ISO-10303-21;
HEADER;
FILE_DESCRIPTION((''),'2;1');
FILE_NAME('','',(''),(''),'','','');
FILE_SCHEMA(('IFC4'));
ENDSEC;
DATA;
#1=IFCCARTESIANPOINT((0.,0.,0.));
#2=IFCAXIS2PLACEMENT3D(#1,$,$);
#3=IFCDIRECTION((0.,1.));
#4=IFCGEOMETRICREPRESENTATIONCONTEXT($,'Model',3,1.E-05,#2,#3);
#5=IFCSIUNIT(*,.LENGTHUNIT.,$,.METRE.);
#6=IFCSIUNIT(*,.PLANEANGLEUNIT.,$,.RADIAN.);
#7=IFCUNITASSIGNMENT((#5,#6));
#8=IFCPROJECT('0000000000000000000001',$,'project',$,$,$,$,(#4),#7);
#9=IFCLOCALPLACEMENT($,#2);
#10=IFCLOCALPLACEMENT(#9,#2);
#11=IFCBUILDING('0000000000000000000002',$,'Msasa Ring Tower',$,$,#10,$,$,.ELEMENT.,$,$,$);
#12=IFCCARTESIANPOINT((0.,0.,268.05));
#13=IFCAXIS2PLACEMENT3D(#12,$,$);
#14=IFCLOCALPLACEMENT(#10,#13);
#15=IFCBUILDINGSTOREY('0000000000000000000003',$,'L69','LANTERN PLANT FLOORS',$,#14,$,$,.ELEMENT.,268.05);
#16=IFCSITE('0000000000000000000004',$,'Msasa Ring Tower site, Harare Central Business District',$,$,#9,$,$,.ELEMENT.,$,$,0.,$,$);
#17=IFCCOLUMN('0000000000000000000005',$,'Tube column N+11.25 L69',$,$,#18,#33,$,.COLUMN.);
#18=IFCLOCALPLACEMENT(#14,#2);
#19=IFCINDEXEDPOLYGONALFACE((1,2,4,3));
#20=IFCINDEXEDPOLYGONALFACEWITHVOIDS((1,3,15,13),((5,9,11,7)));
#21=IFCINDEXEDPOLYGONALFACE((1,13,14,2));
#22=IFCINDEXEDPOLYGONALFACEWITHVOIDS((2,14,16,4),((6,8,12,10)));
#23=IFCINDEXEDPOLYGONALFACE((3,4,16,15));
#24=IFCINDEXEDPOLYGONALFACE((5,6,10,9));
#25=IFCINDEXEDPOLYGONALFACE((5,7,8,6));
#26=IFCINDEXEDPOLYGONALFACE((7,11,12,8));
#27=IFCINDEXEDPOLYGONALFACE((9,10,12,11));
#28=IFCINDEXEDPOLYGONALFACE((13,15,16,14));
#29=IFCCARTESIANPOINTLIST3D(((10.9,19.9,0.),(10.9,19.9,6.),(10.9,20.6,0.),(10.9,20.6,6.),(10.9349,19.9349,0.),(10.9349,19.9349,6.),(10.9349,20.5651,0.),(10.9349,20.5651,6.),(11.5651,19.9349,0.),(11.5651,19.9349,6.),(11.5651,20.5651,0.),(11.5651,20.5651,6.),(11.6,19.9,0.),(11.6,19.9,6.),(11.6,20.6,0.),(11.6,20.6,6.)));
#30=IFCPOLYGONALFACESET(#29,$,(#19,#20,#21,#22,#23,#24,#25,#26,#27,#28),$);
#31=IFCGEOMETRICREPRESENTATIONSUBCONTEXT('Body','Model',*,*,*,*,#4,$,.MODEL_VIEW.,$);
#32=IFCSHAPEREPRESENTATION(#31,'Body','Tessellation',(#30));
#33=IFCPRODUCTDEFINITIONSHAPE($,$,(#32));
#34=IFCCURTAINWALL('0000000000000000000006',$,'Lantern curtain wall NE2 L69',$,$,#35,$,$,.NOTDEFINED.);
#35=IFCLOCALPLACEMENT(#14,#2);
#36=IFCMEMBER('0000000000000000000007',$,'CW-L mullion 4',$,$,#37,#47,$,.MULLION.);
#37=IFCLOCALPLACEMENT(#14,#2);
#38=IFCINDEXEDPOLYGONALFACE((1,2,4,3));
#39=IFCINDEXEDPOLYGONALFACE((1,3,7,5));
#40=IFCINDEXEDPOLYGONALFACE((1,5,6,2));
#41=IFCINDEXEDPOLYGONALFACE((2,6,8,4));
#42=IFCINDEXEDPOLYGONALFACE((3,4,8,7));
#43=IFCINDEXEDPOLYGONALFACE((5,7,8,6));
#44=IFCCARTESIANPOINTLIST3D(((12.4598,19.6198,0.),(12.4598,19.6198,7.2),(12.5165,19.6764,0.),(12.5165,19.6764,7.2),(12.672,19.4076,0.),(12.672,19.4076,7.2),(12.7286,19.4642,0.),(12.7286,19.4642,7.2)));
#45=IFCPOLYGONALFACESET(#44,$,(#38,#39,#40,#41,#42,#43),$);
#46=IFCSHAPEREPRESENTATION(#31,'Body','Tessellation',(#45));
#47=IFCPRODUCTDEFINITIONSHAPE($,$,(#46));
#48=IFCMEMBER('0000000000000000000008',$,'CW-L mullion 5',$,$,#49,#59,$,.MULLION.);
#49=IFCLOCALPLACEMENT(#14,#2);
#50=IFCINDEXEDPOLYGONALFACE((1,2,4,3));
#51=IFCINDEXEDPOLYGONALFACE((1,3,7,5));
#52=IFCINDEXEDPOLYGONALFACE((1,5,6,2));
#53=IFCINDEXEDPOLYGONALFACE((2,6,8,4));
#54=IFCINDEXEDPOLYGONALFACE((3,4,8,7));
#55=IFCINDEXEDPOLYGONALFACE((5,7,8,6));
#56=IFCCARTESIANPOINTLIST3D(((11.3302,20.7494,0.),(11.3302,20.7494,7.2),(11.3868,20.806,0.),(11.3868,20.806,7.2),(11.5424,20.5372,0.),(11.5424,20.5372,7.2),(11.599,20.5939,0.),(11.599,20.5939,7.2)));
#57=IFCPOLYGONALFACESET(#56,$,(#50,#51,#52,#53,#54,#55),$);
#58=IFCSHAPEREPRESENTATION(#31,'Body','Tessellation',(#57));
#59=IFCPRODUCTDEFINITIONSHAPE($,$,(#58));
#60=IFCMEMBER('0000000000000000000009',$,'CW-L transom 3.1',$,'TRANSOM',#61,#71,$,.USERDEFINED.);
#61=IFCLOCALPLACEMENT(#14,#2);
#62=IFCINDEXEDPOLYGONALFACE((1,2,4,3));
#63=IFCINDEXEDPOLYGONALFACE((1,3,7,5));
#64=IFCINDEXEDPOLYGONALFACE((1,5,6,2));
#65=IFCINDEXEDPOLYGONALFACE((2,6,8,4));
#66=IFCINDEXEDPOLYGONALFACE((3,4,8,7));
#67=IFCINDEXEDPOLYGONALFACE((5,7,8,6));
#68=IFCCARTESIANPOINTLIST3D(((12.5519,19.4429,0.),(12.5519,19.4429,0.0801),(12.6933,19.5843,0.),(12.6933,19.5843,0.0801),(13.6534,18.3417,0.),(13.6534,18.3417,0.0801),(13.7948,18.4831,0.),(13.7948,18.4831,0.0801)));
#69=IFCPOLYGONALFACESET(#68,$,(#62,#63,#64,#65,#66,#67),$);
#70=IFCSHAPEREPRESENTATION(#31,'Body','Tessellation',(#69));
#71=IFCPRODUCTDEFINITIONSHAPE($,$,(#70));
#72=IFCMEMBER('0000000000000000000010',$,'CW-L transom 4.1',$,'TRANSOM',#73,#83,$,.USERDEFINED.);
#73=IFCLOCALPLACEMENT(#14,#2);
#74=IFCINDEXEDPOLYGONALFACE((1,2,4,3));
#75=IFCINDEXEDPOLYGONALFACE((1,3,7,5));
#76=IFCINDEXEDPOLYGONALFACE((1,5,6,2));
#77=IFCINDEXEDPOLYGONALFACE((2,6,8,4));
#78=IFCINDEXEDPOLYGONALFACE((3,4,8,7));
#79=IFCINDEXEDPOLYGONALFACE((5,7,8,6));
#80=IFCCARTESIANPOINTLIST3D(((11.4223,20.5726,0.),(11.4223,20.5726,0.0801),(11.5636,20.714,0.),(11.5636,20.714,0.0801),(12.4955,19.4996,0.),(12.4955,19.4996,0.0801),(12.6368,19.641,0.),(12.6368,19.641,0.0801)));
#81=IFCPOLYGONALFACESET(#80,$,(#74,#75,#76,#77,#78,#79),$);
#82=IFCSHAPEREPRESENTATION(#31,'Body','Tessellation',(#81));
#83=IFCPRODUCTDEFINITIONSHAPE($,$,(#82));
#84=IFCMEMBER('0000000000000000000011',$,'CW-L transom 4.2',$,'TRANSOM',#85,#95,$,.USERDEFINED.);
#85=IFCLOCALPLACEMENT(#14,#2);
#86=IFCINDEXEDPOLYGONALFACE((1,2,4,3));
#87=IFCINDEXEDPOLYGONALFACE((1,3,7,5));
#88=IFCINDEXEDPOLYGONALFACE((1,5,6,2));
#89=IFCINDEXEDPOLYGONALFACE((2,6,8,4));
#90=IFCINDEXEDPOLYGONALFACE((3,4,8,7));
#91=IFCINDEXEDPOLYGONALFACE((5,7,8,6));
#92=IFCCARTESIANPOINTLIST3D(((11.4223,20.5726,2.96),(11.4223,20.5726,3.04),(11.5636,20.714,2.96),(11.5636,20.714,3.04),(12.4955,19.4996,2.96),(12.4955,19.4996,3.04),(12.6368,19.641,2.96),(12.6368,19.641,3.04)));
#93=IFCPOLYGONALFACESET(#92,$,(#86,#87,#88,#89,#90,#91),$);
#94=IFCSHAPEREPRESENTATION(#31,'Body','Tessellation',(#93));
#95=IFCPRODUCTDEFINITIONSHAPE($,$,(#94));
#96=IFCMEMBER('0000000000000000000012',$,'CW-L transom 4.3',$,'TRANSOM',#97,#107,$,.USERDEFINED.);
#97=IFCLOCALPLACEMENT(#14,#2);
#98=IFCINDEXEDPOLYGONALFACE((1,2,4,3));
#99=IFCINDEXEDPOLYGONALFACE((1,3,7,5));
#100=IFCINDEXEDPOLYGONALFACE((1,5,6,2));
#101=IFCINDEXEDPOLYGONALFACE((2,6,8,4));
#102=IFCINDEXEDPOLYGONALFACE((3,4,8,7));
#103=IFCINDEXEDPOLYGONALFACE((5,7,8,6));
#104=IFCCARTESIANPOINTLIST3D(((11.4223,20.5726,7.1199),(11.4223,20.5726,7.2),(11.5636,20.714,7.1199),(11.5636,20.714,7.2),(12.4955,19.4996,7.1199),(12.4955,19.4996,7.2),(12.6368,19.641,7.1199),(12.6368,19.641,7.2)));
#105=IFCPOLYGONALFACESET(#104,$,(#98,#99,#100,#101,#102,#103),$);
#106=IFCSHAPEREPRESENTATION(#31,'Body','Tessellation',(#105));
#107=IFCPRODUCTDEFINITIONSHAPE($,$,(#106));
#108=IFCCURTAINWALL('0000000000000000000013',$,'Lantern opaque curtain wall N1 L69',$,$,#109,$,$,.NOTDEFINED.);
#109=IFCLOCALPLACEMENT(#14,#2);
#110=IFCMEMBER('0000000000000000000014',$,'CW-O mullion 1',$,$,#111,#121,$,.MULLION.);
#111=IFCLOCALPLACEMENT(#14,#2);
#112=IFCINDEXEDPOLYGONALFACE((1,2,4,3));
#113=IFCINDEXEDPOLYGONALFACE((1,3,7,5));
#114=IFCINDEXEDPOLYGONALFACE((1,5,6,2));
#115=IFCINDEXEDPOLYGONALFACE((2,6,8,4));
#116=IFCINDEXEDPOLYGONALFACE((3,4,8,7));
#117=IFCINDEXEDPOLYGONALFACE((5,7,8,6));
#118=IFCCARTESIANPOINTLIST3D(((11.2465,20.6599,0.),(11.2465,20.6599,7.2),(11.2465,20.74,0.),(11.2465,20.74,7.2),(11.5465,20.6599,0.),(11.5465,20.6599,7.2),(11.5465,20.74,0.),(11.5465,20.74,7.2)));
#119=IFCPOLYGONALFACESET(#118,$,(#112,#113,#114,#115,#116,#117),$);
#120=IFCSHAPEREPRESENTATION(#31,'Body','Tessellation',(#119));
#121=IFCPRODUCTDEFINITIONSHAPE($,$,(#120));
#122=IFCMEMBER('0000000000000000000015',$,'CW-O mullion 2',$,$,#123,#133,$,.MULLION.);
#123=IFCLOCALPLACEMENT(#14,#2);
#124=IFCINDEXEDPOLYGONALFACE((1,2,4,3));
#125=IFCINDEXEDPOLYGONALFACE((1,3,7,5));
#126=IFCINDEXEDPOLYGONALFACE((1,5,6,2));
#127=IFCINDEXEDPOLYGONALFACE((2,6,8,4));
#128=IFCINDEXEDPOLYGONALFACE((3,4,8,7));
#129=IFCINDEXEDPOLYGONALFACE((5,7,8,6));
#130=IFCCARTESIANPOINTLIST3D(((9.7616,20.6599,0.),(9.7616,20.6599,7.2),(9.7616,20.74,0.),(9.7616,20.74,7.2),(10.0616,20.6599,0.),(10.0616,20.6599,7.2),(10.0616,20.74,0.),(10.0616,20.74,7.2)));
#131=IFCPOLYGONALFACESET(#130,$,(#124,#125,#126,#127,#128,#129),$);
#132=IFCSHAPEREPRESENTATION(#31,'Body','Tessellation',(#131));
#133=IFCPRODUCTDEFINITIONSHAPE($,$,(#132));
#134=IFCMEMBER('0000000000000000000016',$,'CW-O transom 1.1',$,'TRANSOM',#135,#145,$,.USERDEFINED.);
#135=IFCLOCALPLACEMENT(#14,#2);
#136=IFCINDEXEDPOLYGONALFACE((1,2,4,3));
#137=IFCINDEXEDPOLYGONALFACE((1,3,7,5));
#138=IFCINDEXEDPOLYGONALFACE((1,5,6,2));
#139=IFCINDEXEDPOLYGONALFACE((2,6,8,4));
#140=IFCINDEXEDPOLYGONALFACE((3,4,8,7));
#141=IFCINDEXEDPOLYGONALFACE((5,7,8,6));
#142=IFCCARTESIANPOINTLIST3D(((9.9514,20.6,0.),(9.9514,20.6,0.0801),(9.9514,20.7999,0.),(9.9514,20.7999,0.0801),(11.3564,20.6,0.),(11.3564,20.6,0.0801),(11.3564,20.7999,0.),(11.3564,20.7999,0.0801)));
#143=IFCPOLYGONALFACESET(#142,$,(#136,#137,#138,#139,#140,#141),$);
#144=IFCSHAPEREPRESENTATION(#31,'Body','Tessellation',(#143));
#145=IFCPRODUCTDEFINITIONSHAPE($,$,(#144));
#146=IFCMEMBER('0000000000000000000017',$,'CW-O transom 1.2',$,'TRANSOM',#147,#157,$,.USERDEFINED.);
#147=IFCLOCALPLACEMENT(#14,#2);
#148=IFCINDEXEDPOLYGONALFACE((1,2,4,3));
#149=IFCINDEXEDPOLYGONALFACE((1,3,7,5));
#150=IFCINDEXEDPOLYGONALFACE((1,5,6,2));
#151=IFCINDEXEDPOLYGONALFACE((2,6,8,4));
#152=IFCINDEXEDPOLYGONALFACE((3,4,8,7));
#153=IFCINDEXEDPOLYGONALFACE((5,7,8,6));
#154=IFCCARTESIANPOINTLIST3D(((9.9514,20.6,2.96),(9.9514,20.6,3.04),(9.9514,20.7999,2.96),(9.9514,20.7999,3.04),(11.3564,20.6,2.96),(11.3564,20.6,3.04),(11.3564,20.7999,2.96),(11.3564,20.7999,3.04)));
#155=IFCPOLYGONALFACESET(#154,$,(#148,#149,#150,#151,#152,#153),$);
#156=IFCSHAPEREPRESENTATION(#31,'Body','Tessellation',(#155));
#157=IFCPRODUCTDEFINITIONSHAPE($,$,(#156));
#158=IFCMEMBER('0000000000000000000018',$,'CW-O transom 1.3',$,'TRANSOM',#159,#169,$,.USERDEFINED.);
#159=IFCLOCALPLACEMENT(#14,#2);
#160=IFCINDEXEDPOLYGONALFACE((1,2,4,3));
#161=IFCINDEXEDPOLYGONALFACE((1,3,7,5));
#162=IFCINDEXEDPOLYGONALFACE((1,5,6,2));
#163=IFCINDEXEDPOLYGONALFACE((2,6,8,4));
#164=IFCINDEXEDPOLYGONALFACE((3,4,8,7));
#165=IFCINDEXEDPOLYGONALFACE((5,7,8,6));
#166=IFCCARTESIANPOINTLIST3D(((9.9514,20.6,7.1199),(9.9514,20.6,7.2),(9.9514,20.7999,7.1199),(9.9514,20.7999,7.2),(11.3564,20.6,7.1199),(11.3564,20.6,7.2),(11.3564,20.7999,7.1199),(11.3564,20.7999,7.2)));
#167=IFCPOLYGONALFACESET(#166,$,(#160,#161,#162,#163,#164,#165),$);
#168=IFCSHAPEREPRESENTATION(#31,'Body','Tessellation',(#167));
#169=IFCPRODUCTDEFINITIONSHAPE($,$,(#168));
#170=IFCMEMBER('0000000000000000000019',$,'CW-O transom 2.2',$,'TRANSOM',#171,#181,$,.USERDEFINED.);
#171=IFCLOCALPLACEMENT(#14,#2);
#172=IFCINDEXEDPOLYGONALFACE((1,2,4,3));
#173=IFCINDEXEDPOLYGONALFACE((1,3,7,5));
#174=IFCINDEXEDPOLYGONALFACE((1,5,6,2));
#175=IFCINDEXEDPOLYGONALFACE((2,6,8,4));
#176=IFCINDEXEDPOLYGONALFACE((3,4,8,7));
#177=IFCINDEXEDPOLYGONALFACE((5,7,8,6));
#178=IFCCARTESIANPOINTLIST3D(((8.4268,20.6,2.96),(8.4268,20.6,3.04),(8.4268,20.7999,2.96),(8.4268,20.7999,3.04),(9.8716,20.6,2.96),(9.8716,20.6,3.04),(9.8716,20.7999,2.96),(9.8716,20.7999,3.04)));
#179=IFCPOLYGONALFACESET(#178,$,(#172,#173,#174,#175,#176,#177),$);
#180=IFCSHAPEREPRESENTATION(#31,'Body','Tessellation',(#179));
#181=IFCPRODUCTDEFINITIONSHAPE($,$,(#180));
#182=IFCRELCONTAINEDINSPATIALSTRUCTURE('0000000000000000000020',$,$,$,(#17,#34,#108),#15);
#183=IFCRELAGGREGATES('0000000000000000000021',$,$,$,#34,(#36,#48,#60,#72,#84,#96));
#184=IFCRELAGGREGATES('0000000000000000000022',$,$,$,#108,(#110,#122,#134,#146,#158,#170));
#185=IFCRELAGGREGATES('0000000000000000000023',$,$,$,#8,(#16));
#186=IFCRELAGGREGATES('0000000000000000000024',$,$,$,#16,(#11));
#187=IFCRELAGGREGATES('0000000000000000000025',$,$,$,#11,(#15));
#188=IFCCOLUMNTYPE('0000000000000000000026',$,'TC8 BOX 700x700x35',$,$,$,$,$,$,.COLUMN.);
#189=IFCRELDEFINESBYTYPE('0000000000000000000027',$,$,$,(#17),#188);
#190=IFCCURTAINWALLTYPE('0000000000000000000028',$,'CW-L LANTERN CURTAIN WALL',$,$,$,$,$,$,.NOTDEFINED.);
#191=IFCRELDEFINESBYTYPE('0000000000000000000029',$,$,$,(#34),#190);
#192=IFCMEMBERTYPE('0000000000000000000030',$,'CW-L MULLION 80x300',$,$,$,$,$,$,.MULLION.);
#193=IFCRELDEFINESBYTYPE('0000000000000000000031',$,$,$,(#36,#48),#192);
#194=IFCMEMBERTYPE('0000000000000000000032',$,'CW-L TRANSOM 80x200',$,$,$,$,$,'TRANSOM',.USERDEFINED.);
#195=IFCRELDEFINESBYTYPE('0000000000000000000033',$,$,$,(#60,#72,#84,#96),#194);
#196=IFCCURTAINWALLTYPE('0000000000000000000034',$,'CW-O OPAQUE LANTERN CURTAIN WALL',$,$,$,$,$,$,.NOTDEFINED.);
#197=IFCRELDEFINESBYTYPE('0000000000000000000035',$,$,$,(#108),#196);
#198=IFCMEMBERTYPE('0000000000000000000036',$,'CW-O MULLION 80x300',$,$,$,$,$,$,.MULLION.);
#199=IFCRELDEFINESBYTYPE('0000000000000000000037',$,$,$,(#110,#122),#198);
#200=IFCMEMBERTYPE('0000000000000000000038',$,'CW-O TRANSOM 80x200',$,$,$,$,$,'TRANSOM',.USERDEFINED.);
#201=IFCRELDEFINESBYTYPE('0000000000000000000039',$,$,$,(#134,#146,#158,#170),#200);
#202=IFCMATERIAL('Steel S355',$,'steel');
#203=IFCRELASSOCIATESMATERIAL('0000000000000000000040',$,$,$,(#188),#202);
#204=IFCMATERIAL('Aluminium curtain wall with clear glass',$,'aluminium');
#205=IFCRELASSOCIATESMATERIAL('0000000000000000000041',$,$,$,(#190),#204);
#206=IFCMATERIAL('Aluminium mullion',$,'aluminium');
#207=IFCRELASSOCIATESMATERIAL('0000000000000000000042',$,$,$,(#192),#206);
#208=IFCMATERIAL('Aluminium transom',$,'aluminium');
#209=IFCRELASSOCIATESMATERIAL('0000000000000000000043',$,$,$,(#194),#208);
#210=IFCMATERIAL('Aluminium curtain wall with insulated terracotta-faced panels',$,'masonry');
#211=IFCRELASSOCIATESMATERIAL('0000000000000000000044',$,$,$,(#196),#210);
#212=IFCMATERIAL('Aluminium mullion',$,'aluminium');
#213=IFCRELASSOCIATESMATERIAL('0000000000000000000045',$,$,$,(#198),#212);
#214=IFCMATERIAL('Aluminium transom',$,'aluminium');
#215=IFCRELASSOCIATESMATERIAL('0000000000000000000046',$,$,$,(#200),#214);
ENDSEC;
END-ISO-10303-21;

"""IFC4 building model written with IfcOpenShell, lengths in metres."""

from ifc_helpers import new_model, si_unit, direction, frame, origin, origin_2d, place, context, subcontext, project, spatial, rectangle, hollow_rectangle, extrude, material, material_profile, profile_set, type_object, element, aggregate, save


model = new_model("IFC4")

# Units and contexts
model_context = context("Model", 3, precision=1e-05, world=origin(), true_north=direction((0.0, 1.0)))
body_context = subcontext(model_context, "Body", "Model", "MODEL_VIEW")
ifc_project = project(units=[si_unit("LENGTHUNIT", "METRE"), si_unit("PLANEANGLEUNIT", "RADIAN")], contexts=[model_context])

# Site, building, storey
site_placement = place(None, origin())
site = spatial("IfcSite", under=ifc_project, at=site_placement, Name="Msasa Ring Tower site, Harare Central Business District", CompositionType="ELEMENT", RefElevation=0.0)
building_placement = place(site_placement, origin())
building = spatial("IfcBuilding", under=site, at=building_placement, Name="Msasa Ring Tower", CompositionType="ELEMENT")
storey_placement = place(building_placement, frame((0.0, 0.0, 268.05)))
storey = spatial("IfcBuildingStorey", under=building, at=storey_placement, Name="L69", Description="LANTERN PLANT FLOORS", CompositionType="ELEMENT", Elevation=268.05)

# Column
ifc_material_1 = material(Name="Steel S355", Category="steel")
ifc_material_profile_1 = material_profile(ifc_material_1, hollow_rectangle(XDim=0.7, YDim=0.7, WallThickness=0.0349, at=origin_2d()), Name="BOX 700x700x35")
ifc_profile_set_1 = profile_set([ifc_material_profile_1], Name="Steel S355")
column_type = type_object("IfcColumnType", Name="TC8 BOX 700x700x35", PredefinedType="COLUMN", material=ifc_profile_set_1)
column_placement = place(storey_placement, frame((11.25, 20.25, 0.0), z_axis=(0.0, 0.0, 1.0), x_axis=(0.0, 1.0, 0.0)))
element("IfcColumn", 1, at=column_placement, inside=storey, type_object=column_type, Name="Tube column N+11.25 L69", PredefinedType="COLUMN", context=body_context, shape_type="SweptSolid", body=[
    extrude(hollow_rectangle(XDim=0.7, YDim=0.7, WallThickness=0.0349, at=origin_2d()), origin(), (0.0, 0.0, 1.0), 6.0),
])

# Curtain walls, members
ifc_material_2 = material(Name="Aluminium curtain wall with clear glass", Category="aluminium")
curtain_wall_type_1 = type_object("IfcCurtainWallType", Name="CW-L LANTERN CURTAIN WALL", PredefinedType="NOTDEFINED", material=ifc_material_2)
curtain_wall_1_placement = place(storey_placement, origin())
curtain_wall_1 = element("IfcCurtainWall", 2, at=curtain_wall_1_placement, inside=storey, type_object=curtain_wall_type_1, Name="Lantern curtain wall NE2 L69", PredefinedType="NOTDEFINED")
ifc_material_3 = material(Name="Aluminium mullion", Category="aluminium")
ifc_material_profile_2 = material_profile(ifc_material_3, rectangle(XDim=0.0801, YDim=0.3, at=origin_2d()), Name="AL 80x300")
ifc_profile_set_2 = profile_set([ifc_material_profile_2], Name="Aluminium mullion")
member_type_1 = type_object("IfcMemberType", Name="CW-L MULLION 80x300", PredefinedType="MULLION", material=ifc_profile_set_2)
member_1_placement = place(storey_placement, frame((12.5942, 19.542, 0.0), z_axis=(0.0, 0.0, 1.0), x_axis=(-0.707107, -0.707107, 0.0)))
member_1 = element("IfcMember", 3, at=member_1_placement, type_object=member_type_1, Name="CW-L mullion 4", PredefinedType="MULLION", context=body_context, shape_type="SweptSolid", body=[
    extrude(rectangle(XDim=0.0801, YDim=0.3, at=origin_2d()), origin(), (0.0, 0.0, 1.0), 7.2),
])
member_2_placement = place(storey_placement, frame((11.4646, 20.6716, 0.0), z_axis=(0.0, 0.0, 1.0), x_axis=(-0.707107, -0.707107, 0.0)))
member_2 = element("IfcMember", 4, at=member_2_placement, type_object=member_type_1, Name="CW-L mullion 5", PredefinedType="MULLION", context=body_context, shape_type="SweptSolid", body=[
    extrude(rectangle(XDim=0.0801, YDim=0.3, at=origin_2d()), origin(), (0.0, 0.0, 1.0), 7.2),
])
ifc_material_4 = material(Name="Aluminium transom", Category="aluminium")
ifc_material_profile_3 = material_profile(ifc_material_4, rectangle(XDim=0.2, YDim=0.0801, at=origin_2d()), Name="AL 80x200")
ifc_profile_set_3 = profile_set([ifc_material_profile_3], Name="Aluminium transom")
member_type_2 = type_object("IfcMemberType", Name="CW-L TRANSOM 80x200", ElementType="TRANSOM", PredefinedType="USERDEFINED", material=ifc_profile_set_3)
member_3_placement = place(storey_placement, frame((13.7241, 18.4124, 0.04), z_axis=(-0.707185, 0.707028, 0.0), x_axis=(-0.707028, -0.707185, 0.0)))
member_3 = element("IfcMember", 5, at=member_3_placement, type_object=member_type_2, Name="CW-L transom 3.1", ObjectType="TRANSOM", PredefinedType="USERDEFINED", context=body_context, shape_type="SweptSolid", body=[
    extrude(rectangle(XDim=0.2, YDim=0.0801, at=origin_2d()), origin(), (0.0, 0.0, 1.0), 1.5576),
])
member_4_placement = place(storey_placement, frame((12.5662, 19.5703, 0.04), z_axis=(-0.707187, 0.707026, 0.0), x_axis=(-0.707026, -0.707187, 0.0)))
member_4 = element("IfcMember", 6, at=member_4_placement, type_object=member_type_2, Name="CW-L transom 4.1", ObjectType="TRANSOM", PredefinedType="USERDEFINED", context=body_context, shape_type="SweptSolid", body=[
    extrude(rectangle(XDim=0.2, YDim=0.0801, at=origin_2d()), origin(), (0.0, 0.0, 1.0), 1.5176),
])
member_5_placement = place(storey_placement, frame((12.5662, 19.5703, 3.0), z_axis=(-0.707187, 0.707026, 0.0), x_axis=(-0.707026, -0.707187, 0.0)))
member_5 = element("IfcMember", 7, at=member_5_placement, type_object=member_type_2, Name="CW-L transom 4.2", ObjectType="TRANSOM", PredefinedType="USERDEFINED", context=body_context, shape_type="SweptSolid", body=[
    extrude(rectangle(XDim=0.2, YDim=0.0801, at=origin_2d()), origin(), (0.0, 0.0, 1.0), 1.5176),
])
member_6_placement = place(storey_placement, frame((12.5662, 19.5703, 7.1599), z_axis=(-0.707187, 0.707026, 0.0), x_axis=(-0.707026, -0.707187, 0.0)))
member_6 = element("IfcMember", 8, at=member_6_placement, type_object=member_type_2, Name="CW-L transom 4.3", ObjectType="TRANSOM", PredefinedType="USERDEFINED", context=body_context, shape_type="SweptSolid", body=[
    extrude(rectangle(XDim=0.2, YDim=0.0801, at=origin_2d()), origin(), (0.0, 0.0, 1.0), 1.5176),
])
ifc_material_5 = material(Name="Aluminium curtain wall with insulated terracotta-faced panels", Category="masonry")
curtain_wall_type_2 = type_object("IfcCurtainWallType", Name="CW-O OPAQUE LANTERN CURTAIN WALL", PredefinedType="NOTDEFINED", material=ifc_material_5)
curtain_wall_2_placement = place(storey_placement, origin())
curtain_wall_2 = element("IfcCurtainWall", 9, at=curtain_wall_2_placement, inside=storey, type_object=curtain_wall_type_2, Name="Lantern opaque curtain wall N1 L69", PredefinedType="NOTDEFINED")
ifc_material_6 = material(Name="Aluminium mullion", Category="aluminium")
ifc_material_profile_4 = material_profile(ifc_material_6, rectangle(XDim=0.0801, YDim=0.3, at=origin_2d()), Name="AL 80x300")
ifc_profile_set_4 = profile_set([ifc_material_profile_4], Name="Aluminium mullion")
member_type_3 = type_object("IfcMemberType", Name="CW-O MULLION 80x300", PredefinedType="MULLION", material=ifc_profile_set_4)
member_7_placement = place(storey_placement, frame((11.3965, 20.7, 0.0), z_axis=(0.0, 0.0, 1.0), x_axis=(0.0, -1.0, 0.0)))
member_7 = element("IfcMember", 10, at=member_7_placement, type_object=member_type_3, Name="CW-O mullion 1", PredefinedType="MULLION", context=body_context, shape_type="SweptSolid", body=[
    extrude(rectangle(XDim=0.0801, YDim=0.3, at=origin_2d()), origin(), (0.0, 0.0, 1.0), 7.2),
])
member_8_placement = place(storey_placement, frame((9.9116, 20.7, 0.0), z_axis=(0.0, 0.0, 1.0), x_axis=(0.0, -1.0, 0.0)))
member_8 = element("IfcMember", 11, at=member_8_placement, type_object=member_type_3, Name="CW-O mullion 2", PredefinedType="MULLION", context=body_context, shape_type="SweptSolid", body=[
    extrude(rectangle(XDim=0.0801, YDim=0.3, at=origin_2d()), origin(), (0.0, 0.0, 1.0), 7.2),
])
ifc_material_7 = material(Name="Aluminium transom", Category="aluminium")
ifc_material_profile_5 = material_profile(ifc_material_7, rectangle(XDim=0.2, YDim=0.0801, at=origin_2d()), Name="AL 80x200")
ifc_profile_set_5 = profile_set([ifc_material_profile_5], Name="Aluminium transom")
member_type_4 = type_object("IfcMemberType", Name="CW-O TRANSOM 80x200", ElementType="TRANSOM", PredefinedType="USERDEFINED", material=ifc_profile_set_5)
member_9_placement = place(storey_placement, frame((11.3564, 20.7, 0.04), z_axis=(-1.0, 0.0, 0.0), x_axis=(0.0, -1.0, 0.0)))
member_9 = element("IfcMember", 12, at=member_9_placement, type_object=member_type_4, Name="CW-O transom 1.1", ObjectType="TRANSOM", PredefinedType="USERDEFINED", context=body_context, shape_type="SweptSolid", body=[
    extrude(rectangle(XDim=0.2, YDim=0.0801, at=origin_2d()), origin(), (0.0, 0.0, 1.0), 1.405),
])
member_10_placement = place(storey_placement, frame((11.3564, 20.7, 3.0), z_axis=(-1.0, 0.0, 0.0), x_axis=(0.0, -1.0, 0.0)))
member_10 = element("IfcMember", 13, at=member_10_placement, type_object=member_type_4, Name="CW-O transom 1.2", ObjectType="TRANSOM", PredefinedType="USERDEFINED", context=body_context, shape_type="SweptSolid", body=[
    extrude(rectangle(XDim=0.2, YDim=0.0801, at=origin_2d()), origin(), (0.0, 0.0, 1.0), 1.405),
])
member_11_placement = place(storey_placement, frame((11.3564, 20.7, 7.1599), z_axis=(-1.0, 0.0, 0.0), x_axis=(0.0, -1.0, 0.0)))
member_11 = element("IfcMember", 14, at=member_11_placement, type_object=member_type_4, Name="CW-O transom 1.3", ObjectType="TRANSOM", PredefinedType="USERDEFINED", context=body_context, shape_type="SweptSolid", body=[
    extrude(rectangle(XDim=0.2, YDim=0.0801, at=origin_2d()), origin(), (0.0, 0.0, 1.0), 1.405),
])
member_12_placement = place(storey_placement, frame((9.8716, 20.7, 3.0), z_axis=(-1.0, 0.0, 0.0), x_axis=(0.0, -1.0, 0.0)))
member_12 = element("IfcMember", 15, at=member_12_placement, type_object=member_type_4, Name="CW-O transom 2.2", ObjectType="TRANSOM", PredefinedType="USERDEFINED", context=body_context, shape_type="SweptSolid", body=[
    extrude(rectangle(XDim=0.2, YDim=0.0801, at=origin_2d()), origin(), (0.0, 0.0, 1.0), 1.4448),
])

aggregate(curtain_wall_1, [member_1, member_2, member_3, member_4, member_5, member_6])
aggregate(curtain_wall_2, [member_7, member_8, member_9, member_10, member_11, member_12])

save(model, "model.ifc")
